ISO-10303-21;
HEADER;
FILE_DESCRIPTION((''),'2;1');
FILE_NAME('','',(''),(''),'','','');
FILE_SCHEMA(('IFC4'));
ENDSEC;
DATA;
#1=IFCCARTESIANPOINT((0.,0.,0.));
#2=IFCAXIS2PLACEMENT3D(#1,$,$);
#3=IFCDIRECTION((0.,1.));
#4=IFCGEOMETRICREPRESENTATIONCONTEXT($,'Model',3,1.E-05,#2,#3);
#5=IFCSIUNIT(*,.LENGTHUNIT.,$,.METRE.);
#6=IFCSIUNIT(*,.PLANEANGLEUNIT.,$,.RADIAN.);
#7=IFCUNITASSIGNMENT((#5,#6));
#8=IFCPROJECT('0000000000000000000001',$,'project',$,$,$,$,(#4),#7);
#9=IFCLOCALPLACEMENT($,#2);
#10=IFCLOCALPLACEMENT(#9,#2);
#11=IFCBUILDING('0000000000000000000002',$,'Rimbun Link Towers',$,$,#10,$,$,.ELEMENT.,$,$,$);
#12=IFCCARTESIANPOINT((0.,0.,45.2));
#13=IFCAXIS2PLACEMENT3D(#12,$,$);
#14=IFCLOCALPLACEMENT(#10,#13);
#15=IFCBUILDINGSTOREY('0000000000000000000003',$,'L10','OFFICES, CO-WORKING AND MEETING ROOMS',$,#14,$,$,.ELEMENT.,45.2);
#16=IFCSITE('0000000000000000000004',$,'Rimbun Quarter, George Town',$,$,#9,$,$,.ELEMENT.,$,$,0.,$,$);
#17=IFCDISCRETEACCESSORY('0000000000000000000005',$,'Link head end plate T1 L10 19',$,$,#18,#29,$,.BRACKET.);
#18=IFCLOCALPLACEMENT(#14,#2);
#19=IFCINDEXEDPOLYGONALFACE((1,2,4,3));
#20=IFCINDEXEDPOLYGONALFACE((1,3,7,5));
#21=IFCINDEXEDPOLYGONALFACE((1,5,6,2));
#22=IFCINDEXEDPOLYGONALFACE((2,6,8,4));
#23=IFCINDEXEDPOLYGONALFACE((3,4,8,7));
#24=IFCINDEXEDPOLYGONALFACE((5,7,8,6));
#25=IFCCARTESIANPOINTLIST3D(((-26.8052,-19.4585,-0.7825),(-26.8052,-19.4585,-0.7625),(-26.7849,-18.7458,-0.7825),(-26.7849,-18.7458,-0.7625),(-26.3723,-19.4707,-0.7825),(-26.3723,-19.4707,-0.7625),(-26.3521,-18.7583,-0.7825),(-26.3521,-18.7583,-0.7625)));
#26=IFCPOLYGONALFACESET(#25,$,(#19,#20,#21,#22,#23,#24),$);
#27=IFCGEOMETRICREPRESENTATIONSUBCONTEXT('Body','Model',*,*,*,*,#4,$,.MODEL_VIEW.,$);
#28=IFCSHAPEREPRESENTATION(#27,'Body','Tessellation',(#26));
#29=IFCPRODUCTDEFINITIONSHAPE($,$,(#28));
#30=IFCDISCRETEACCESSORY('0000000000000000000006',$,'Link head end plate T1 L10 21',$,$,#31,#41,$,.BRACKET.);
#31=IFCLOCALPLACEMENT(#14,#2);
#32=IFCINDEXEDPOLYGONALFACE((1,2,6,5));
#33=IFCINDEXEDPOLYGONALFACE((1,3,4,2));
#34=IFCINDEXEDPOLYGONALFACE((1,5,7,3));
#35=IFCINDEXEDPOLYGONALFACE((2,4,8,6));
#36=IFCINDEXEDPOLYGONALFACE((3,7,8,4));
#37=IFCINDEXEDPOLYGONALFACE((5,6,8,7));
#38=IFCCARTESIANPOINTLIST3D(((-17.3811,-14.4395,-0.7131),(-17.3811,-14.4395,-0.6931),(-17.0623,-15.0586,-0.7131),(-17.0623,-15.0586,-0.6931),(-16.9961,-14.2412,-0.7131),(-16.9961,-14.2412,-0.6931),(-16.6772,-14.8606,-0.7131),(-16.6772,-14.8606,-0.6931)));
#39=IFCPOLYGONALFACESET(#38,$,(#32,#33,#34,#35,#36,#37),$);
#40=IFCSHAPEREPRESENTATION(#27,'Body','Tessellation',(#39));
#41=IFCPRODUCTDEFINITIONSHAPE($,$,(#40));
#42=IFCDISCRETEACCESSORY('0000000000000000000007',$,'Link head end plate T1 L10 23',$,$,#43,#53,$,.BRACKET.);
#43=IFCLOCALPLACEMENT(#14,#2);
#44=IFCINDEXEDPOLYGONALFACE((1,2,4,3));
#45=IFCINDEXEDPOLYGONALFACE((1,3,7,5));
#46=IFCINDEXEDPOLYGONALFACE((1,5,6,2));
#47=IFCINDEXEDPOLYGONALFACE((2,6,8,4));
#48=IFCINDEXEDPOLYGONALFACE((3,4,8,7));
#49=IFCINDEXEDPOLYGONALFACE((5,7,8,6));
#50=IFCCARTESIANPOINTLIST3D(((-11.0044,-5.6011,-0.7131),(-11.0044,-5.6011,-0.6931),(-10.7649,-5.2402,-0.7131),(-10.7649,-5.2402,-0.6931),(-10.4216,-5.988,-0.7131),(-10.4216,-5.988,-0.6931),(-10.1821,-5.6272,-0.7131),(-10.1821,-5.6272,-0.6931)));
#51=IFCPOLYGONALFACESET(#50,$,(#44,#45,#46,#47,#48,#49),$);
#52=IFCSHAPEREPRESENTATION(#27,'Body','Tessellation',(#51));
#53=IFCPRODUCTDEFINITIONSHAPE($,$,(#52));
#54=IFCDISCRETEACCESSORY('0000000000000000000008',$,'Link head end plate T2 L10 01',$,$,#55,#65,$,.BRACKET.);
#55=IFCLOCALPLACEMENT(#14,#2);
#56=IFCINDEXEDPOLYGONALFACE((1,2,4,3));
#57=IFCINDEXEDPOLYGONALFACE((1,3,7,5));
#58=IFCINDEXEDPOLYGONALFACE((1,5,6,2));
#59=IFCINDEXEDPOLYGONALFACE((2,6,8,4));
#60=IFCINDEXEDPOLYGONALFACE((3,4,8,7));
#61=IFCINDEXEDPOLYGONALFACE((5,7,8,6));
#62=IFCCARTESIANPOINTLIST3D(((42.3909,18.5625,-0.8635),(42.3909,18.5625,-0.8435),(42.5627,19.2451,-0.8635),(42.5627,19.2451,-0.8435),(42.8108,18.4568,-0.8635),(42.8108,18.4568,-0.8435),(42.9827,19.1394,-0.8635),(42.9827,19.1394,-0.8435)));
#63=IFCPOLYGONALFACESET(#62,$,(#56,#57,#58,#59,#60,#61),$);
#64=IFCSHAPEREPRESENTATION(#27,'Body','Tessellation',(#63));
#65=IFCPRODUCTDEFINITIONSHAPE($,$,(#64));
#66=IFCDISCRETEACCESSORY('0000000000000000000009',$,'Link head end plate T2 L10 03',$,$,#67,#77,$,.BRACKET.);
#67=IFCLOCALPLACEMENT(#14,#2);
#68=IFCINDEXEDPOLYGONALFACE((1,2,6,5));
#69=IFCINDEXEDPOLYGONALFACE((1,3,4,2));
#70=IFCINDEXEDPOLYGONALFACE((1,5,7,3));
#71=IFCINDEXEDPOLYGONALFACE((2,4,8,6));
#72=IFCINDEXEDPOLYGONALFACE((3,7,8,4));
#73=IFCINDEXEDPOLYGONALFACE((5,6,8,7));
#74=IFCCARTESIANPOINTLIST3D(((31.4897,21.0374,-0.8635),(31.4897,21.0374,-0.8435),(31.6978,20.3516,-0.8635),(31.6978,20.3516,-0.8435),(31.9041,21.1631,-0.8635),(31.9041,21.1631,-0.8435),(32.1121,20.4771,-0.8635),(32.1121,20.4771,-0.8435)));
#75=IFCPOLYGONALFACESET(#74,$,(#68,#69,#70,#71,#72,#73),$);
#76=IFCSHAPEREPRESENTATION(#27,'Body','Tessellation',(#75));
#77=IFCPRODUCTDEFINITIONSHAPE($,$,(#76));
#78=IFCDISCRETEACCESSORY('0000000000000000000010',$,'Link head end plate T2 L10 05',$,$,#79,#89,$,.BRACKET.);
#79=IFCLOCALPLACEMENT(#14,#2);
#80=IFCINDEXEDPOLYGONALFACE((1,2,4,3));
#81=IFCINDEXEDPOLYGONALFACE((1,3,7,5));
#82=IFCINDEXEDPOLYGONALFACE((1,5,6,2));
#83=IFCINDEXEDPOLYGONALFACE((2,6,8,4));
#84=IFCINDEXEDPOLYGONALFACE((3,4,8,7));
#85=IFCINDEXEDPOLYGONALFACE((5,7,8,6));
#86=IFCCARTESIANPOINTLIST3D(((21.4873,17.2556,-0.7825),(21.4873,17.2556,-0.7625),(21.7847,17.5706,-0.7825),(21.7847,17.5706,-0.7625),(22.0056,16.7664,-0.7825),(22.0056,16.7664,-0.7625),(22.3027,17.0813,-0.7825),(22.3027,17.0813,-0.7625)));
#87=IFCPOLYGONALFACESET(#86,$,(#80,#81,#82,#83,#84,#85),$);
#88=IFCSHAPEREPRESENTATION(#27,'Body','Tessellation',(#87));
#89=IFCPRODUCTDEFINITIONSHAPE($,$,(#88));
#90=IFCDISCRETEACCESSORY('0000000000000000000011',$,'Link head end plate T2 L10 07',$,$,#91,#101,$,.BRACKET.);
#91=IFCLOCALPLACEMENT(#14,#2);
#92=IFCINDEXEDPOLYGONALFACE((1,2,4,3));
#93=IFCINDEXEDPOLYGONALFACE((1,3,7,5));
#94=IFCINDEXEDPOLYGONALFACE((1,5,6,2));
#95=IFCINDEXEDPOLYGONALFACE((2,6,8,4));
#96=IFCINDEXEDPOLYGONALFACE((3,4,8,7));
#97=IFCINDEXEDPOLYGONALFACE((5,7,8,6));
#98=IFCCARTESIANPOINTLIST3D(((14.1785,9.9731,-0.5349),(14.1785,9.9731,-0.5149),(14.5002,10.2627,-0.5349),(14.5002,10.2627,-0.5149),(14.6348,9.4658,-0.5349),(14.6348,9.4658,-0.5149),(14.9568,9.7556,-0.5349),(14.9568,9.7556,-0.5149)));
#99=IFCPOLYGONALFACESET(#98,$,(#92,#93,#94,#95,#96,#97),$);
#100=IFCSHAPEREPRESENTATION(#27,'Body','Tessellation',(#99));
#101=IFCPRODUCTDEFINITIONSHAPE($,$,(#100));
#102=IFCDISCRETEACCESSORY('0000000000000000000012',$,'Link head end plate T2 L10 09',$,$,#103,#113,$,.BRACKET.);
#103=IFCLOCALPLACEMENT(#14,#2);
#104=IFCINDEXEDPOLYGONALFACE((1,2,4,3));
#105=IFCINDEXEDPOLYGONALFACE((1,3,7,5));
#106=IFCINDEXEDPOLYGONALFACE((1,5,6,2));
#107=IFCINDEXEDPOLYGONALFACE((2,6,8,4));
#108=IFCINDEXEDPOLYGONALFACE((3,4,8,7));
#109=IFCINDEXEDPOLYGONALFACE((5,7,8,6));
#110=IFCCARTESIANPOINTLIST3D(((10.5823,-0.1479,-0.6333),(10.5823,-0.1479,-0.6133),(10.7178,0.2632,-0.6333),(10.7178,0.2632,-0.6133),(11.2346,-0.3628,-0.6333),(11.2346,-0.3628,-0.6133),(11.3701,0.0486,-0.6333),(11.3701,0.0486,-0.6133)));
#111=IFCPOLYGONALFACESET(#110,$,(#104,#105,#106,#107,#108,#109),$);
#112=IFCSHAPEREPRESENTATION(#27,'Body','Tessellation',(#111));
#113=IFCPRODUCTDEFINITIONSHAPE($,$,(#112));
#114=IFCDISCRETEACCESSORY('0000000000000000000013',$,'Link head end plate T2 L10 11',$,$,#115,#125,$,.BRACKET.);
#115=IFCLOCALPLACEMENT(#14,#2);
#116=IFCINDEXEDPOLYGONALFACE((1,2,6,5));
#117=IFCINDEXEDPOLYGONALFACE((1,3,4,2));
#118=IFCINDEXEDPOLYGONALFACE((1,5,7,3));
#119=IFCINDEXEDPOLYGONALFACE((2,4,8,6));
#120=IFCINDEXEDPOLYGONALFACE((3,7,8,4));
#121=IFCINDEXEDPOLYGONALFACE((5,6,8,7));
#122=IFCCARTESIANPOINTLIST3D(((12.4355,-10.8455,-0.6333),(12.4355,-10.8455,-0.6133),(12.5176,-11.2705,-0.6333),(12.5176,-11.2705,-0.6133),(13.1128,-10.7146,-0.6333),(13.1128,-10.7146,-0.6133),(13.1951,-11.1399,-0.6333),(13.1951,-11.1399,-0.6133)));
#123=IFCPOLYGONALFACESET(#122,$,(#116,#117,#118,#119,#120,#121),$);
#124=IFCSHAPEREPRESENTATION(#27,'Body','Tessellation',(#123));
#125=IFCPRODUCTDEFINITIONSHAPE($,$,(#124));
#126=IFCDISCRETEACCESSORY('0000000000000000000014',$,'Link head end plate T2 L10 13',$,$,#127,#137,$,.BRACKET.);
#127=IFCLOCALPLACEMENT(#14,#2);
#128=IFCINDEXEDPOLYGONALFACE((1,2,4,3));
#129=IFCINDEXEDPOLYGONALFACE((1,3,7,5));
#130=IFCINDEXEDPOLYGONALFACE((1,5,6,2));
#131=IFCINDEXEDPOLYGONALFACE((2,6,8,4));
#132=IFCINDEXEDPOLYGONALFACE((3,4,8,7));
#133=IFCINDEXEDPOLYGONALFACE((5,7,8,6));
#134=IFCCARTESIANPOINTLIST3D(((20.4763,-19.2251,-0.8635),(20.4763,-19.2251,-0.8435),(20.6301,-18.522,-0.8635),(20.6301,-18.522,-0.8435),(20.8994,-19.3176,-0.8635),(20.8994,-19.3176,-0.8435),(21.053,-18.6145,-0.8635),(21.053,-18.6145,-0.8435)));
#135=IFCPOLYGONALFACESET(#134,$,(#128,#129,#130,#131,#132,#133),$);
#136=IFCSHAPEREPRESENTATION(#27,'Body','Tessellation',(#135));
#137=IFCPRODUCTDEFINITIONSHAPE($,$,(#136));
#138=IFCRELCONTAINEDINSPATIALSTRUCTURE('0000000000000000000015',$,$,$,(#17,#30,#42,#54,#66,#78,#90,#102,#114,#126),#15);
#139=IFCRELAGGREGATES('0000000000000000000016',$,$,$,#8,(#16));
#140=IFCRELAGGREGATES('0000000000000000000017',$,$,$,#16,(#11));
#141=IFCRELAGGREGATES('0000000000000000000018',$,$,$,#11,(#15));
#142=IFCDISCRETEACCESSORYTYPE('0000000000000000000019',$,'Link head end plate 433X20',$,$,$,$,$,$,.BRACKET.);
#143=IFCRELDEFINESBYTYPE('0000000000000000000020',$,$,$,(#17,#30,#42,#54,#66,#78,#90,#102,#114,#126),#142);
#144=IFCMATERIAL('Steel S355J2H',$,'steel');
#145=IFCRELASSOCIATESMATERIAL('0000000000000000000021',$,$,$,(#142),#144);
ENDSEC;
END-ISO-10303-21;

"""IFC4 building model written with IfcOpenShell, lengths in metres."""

from ifc_helpers import new_model, si_unit, direction, frame, origin, origin_2d, place, context, subcontext, project, spatial, polyline, rectangle, outline, extrude, material, material_profile, profile_set, type_object, element, save


model = new_model("IFC4")

# Units and contexts
model_context = context("Model", 3, precision=1e-05, world=origin(), true_north=direction((0.0, 1.0)))
body_context = subcontext(model_context, "Body", "Model", "MODEL_VIEW")
ifc_project = project(units=[si_unit("LENGTHUNIT", "METRE"), si_unit("PLANEANGLEUNIT", "RADIAN")], contexts=[model_context])

# Site, building, storey
site_placement = place(None, origin())
site = spatial("IfcSite", under=ifc_project, at=site_placement, Name="Rimbun Quarter, George Town", CompositionType="ELEMENT", RefElevation=0.0)
building_placement = place(site_placement, origin())
building = spatial("IfcBuilding", under=site, at=building_placement, Name="Rimbun Link Towers", CompositionType="ELEMENT")
storey_placement = place(building_placement, frame((0.0, 0.0, 45.2)))
storey = spatial("IfcBuildingStorey", under=building, at=storey_placement, Name="L10", Description="OFFICES, CO-WORKING AND MEETING ROOMS", CompositionType="ELEMENT", Elevation=45.2)

# Discrete accessories
ifc_material_1 = material(Name="Steel S355J2H", Category="steel")
ifc_material_profile_1 = material_profile(ifc_material_1, rectangle(XDim=0.4331, YDim=0.4331, at=origin_2d()), Name="PL 433x433")
ifc_profile_set_1 = profile_set([ifc_material_profile_1], Name="Steel S355J2H")
discrete_accessory_type_1 = type_object("IfcDiscreteAccessoryType", Name="Link head end plate 433X20", PredefinedType="BRACKET", material=ifc_profile_set_1)
discrete_accessory_1_placement = place(storey_placement, frame((0.0, 0.0, -0.7825)))
element("IfcDiscreteAccessory", 1, at=discrete_accessory_1_placement, inside=storey, type_object=discrete_accessory_type_1, Name="Link head end plate T1 L10 19", PredefinedType="BRACKET", context=body_context, shape_type="SweptSolid", body=[
    extrude(outline(polyline([(-26.7849, -18.7458), (-26.8052, -19.4585), (-26.3723, -19.4707), (-26.3521, -18.7583), (-26.7849, -18.7458)])), origin(), (0.0, 0.0, 1.0), 0.02),
])
discrete_accessory_2_placement = place(storey_placement, frame((0.0, 0.0, -0.7131)))
element("IfcDiscreteAccessory", 2, at=discrete_accessory_2_placement, inside=storey, type_object=discrete_accessory_type_1, Name="Link head end plate T1 L10 21", PredefinedType="BRACKET", context=body_context, shape_type="SweptSolid", body=[
    extrude(outline(polyline([(-17.3811, -14.4395), (-17.0623, -15.0586), (-16.6772, -14.8606), (-16.9961, -14.2412), (-17.3811, -14.4395)])), origin(), (0.0, 0.0, 1.0), 0.02),
])
discrete_accessory_3_placement = place(storey_placement, frame((0.0, 0.0, -0.7131)))
element("IfcDiscreteAccessory", 3, at=discrete_accessory_3_placement, inside=storey, type_object=discrete_accessory_type_1, Name="Link head end plate T1 L10 23", PredefinedType="BRACKET", context=body_context, shape_type="SweptSolid", body=[
    extrude(outline(polyline([(-11.0044, -5.6011), (-10.4216, -5.988), (-10.1821, -5.6272), (-10.7649, -5.2402), (-11.0044, -5.6011)])), origin(), (0.0, 0.0, 1.0), 0.02),
])
discrete_accessory_4_placement = place(storey_placement, frame((0.0, 0.0, -0.8635)))
element("IfcDiscreteAccessory", 4, at=discrete_accessory_4_placement, inside=storey, type_object=discrete_accessory_type_1, Name="Link head end plate T2 L10 01", PredefinedType="BRACKET", context=body_context, shape_type="SweptSolid", body=[
    extrude(outline(polyline([(42.8108, 18.4568), (42.9827, 19.1394), (42.5627, 19.2451), (42.3909, 18.5625), (42.8108, 18.4568)])), origin(), (0.0, 0.0, 1.0), 0.02),
])
discrete_accessory_5_placement = place(storey_placement, frame((0.0, 0.0, -0.8635)))
element("IfcDiscreteAccessory", 5, at=discrete_accessory_5_placement, inside=storey, type_object=discrete_accessory_type_1, Name="Link head end plate T2 L10 03", PredefinedType="BRACKET", context=body_context, shape_type="SweptSolid", body=[
    extrude(outline(polyline([(32.1121, 20.4771), (31.9041, 21.1631), (31.4897, 21.0374), (31.6978, 20.3516), (32.1121, 20.4771)])), origin(), (0.0, 0.0, 1.0), 0.02),
])
discrete_accessory_6_placement = place(storey_placement, frame((0.0, 0.0, -0.7825)))
element("IfcDiscreteAccessory", 6, at=discrete_accessory_6_placement, inside=storey, type_object=discrete_accessory_type_1, Name="Link head end plate T2 L10 05", PredefinedType="BRACKET", context=body_context, shape_type="SweptSolid", body=[
    extrude(outline(polyline([(22.3027, 17.0813), (21.7847, 17.5706), (21.4873, 17.2556), (22.0056, 16.7664), (22.3027, 17.0813)])), origin(), (0.0, 0.0, 1.0), 0.02),
])
discrete_accessory_7_placement = place(storey_placement, frame((0.0, 0.0, -0.5349)))
element("IfcDiscreteAccessory", 7, at=discrete_accessory_7_placement, inside=storey, type_object=discrete_accessory_type_1, Name="Link head end plate T2 L10 07", PredefinedType="BRACKET", context=body_context, shape_type="SweptSolid", body=[
    extrude(outline(polyline([(14.9568, 9.7556), (14.5002, 10.2627), (14.1785, 9.9731), (14.6348, 9.4658), (14.9568, 9.7556)])), origin(), (0.0, 0.0, 1.0), 0.02),
])
discrete_accessory_8_placement = place(storey_placement, frame((0.0, 0.0, -0.6333)))
element("IfcDiscreteAccessory", 8, at=discrete_accessory_8_placement, inside=storey, type_object=discrete_accessory_type_1, Name="Link head end plate T2 L10 09", PredefinedType="BRACKET", context=body_context, shape_type="SweptSolid", body=[
    extrude(outline(polyline([(11.3701, 0.0486), (10.7178, 0.2632), (10.5823, -0.1479), (11.2346, -0.3628), (11.3701, 0.0486)])), origin(), (0.0, 0.0, 1.0), 0.02),
])
discrete_accessory_9_placement = place(storey_placement, frame((0.0, 0.0, -0.6333)))
element("IfcDiscreteAccessory", 9, at=discrete_accessory_9_placement, inside=storey, type_object=discrete_accessory_type_1, Name="Link head end plate T2 L10 11", PredefinedType="BRACKET", context=body_context, shape_type="SweptSolid", body=[
    extrude(outline(polyline([(13.1128, -10.7146), (12.4355, -10.8455), (12.5176, -11.2705), (13.1951, -11.1399), (13.1128, -10.7146)])), origin(), (0.0, 0.0, 1.0), 0.02),
])
discrete_accessory_10_placement = place(storey_placement, frame((0.0, 0.0, -0.8635)))
element("IfcDiscreteAccessory", 10, at=discrete_accessory_10_placement, inside=storey, type_object=discrete_accessory_type_1, Name="Link head end plate T2 L10 13", PredefinedType="BRACKET", context=body_context, shape_type="SweptSolid", body=[
    extrude(outline(polyline([(20.6301, -18.522), (20.4763, -19.2251), (20.8994, -19.3176), (21.053, -18.6145), (20.6301, -18.522)])), origin(), (0.0, 0.0, 1.0), 0.02),
])

save(model, "model.ifc")
